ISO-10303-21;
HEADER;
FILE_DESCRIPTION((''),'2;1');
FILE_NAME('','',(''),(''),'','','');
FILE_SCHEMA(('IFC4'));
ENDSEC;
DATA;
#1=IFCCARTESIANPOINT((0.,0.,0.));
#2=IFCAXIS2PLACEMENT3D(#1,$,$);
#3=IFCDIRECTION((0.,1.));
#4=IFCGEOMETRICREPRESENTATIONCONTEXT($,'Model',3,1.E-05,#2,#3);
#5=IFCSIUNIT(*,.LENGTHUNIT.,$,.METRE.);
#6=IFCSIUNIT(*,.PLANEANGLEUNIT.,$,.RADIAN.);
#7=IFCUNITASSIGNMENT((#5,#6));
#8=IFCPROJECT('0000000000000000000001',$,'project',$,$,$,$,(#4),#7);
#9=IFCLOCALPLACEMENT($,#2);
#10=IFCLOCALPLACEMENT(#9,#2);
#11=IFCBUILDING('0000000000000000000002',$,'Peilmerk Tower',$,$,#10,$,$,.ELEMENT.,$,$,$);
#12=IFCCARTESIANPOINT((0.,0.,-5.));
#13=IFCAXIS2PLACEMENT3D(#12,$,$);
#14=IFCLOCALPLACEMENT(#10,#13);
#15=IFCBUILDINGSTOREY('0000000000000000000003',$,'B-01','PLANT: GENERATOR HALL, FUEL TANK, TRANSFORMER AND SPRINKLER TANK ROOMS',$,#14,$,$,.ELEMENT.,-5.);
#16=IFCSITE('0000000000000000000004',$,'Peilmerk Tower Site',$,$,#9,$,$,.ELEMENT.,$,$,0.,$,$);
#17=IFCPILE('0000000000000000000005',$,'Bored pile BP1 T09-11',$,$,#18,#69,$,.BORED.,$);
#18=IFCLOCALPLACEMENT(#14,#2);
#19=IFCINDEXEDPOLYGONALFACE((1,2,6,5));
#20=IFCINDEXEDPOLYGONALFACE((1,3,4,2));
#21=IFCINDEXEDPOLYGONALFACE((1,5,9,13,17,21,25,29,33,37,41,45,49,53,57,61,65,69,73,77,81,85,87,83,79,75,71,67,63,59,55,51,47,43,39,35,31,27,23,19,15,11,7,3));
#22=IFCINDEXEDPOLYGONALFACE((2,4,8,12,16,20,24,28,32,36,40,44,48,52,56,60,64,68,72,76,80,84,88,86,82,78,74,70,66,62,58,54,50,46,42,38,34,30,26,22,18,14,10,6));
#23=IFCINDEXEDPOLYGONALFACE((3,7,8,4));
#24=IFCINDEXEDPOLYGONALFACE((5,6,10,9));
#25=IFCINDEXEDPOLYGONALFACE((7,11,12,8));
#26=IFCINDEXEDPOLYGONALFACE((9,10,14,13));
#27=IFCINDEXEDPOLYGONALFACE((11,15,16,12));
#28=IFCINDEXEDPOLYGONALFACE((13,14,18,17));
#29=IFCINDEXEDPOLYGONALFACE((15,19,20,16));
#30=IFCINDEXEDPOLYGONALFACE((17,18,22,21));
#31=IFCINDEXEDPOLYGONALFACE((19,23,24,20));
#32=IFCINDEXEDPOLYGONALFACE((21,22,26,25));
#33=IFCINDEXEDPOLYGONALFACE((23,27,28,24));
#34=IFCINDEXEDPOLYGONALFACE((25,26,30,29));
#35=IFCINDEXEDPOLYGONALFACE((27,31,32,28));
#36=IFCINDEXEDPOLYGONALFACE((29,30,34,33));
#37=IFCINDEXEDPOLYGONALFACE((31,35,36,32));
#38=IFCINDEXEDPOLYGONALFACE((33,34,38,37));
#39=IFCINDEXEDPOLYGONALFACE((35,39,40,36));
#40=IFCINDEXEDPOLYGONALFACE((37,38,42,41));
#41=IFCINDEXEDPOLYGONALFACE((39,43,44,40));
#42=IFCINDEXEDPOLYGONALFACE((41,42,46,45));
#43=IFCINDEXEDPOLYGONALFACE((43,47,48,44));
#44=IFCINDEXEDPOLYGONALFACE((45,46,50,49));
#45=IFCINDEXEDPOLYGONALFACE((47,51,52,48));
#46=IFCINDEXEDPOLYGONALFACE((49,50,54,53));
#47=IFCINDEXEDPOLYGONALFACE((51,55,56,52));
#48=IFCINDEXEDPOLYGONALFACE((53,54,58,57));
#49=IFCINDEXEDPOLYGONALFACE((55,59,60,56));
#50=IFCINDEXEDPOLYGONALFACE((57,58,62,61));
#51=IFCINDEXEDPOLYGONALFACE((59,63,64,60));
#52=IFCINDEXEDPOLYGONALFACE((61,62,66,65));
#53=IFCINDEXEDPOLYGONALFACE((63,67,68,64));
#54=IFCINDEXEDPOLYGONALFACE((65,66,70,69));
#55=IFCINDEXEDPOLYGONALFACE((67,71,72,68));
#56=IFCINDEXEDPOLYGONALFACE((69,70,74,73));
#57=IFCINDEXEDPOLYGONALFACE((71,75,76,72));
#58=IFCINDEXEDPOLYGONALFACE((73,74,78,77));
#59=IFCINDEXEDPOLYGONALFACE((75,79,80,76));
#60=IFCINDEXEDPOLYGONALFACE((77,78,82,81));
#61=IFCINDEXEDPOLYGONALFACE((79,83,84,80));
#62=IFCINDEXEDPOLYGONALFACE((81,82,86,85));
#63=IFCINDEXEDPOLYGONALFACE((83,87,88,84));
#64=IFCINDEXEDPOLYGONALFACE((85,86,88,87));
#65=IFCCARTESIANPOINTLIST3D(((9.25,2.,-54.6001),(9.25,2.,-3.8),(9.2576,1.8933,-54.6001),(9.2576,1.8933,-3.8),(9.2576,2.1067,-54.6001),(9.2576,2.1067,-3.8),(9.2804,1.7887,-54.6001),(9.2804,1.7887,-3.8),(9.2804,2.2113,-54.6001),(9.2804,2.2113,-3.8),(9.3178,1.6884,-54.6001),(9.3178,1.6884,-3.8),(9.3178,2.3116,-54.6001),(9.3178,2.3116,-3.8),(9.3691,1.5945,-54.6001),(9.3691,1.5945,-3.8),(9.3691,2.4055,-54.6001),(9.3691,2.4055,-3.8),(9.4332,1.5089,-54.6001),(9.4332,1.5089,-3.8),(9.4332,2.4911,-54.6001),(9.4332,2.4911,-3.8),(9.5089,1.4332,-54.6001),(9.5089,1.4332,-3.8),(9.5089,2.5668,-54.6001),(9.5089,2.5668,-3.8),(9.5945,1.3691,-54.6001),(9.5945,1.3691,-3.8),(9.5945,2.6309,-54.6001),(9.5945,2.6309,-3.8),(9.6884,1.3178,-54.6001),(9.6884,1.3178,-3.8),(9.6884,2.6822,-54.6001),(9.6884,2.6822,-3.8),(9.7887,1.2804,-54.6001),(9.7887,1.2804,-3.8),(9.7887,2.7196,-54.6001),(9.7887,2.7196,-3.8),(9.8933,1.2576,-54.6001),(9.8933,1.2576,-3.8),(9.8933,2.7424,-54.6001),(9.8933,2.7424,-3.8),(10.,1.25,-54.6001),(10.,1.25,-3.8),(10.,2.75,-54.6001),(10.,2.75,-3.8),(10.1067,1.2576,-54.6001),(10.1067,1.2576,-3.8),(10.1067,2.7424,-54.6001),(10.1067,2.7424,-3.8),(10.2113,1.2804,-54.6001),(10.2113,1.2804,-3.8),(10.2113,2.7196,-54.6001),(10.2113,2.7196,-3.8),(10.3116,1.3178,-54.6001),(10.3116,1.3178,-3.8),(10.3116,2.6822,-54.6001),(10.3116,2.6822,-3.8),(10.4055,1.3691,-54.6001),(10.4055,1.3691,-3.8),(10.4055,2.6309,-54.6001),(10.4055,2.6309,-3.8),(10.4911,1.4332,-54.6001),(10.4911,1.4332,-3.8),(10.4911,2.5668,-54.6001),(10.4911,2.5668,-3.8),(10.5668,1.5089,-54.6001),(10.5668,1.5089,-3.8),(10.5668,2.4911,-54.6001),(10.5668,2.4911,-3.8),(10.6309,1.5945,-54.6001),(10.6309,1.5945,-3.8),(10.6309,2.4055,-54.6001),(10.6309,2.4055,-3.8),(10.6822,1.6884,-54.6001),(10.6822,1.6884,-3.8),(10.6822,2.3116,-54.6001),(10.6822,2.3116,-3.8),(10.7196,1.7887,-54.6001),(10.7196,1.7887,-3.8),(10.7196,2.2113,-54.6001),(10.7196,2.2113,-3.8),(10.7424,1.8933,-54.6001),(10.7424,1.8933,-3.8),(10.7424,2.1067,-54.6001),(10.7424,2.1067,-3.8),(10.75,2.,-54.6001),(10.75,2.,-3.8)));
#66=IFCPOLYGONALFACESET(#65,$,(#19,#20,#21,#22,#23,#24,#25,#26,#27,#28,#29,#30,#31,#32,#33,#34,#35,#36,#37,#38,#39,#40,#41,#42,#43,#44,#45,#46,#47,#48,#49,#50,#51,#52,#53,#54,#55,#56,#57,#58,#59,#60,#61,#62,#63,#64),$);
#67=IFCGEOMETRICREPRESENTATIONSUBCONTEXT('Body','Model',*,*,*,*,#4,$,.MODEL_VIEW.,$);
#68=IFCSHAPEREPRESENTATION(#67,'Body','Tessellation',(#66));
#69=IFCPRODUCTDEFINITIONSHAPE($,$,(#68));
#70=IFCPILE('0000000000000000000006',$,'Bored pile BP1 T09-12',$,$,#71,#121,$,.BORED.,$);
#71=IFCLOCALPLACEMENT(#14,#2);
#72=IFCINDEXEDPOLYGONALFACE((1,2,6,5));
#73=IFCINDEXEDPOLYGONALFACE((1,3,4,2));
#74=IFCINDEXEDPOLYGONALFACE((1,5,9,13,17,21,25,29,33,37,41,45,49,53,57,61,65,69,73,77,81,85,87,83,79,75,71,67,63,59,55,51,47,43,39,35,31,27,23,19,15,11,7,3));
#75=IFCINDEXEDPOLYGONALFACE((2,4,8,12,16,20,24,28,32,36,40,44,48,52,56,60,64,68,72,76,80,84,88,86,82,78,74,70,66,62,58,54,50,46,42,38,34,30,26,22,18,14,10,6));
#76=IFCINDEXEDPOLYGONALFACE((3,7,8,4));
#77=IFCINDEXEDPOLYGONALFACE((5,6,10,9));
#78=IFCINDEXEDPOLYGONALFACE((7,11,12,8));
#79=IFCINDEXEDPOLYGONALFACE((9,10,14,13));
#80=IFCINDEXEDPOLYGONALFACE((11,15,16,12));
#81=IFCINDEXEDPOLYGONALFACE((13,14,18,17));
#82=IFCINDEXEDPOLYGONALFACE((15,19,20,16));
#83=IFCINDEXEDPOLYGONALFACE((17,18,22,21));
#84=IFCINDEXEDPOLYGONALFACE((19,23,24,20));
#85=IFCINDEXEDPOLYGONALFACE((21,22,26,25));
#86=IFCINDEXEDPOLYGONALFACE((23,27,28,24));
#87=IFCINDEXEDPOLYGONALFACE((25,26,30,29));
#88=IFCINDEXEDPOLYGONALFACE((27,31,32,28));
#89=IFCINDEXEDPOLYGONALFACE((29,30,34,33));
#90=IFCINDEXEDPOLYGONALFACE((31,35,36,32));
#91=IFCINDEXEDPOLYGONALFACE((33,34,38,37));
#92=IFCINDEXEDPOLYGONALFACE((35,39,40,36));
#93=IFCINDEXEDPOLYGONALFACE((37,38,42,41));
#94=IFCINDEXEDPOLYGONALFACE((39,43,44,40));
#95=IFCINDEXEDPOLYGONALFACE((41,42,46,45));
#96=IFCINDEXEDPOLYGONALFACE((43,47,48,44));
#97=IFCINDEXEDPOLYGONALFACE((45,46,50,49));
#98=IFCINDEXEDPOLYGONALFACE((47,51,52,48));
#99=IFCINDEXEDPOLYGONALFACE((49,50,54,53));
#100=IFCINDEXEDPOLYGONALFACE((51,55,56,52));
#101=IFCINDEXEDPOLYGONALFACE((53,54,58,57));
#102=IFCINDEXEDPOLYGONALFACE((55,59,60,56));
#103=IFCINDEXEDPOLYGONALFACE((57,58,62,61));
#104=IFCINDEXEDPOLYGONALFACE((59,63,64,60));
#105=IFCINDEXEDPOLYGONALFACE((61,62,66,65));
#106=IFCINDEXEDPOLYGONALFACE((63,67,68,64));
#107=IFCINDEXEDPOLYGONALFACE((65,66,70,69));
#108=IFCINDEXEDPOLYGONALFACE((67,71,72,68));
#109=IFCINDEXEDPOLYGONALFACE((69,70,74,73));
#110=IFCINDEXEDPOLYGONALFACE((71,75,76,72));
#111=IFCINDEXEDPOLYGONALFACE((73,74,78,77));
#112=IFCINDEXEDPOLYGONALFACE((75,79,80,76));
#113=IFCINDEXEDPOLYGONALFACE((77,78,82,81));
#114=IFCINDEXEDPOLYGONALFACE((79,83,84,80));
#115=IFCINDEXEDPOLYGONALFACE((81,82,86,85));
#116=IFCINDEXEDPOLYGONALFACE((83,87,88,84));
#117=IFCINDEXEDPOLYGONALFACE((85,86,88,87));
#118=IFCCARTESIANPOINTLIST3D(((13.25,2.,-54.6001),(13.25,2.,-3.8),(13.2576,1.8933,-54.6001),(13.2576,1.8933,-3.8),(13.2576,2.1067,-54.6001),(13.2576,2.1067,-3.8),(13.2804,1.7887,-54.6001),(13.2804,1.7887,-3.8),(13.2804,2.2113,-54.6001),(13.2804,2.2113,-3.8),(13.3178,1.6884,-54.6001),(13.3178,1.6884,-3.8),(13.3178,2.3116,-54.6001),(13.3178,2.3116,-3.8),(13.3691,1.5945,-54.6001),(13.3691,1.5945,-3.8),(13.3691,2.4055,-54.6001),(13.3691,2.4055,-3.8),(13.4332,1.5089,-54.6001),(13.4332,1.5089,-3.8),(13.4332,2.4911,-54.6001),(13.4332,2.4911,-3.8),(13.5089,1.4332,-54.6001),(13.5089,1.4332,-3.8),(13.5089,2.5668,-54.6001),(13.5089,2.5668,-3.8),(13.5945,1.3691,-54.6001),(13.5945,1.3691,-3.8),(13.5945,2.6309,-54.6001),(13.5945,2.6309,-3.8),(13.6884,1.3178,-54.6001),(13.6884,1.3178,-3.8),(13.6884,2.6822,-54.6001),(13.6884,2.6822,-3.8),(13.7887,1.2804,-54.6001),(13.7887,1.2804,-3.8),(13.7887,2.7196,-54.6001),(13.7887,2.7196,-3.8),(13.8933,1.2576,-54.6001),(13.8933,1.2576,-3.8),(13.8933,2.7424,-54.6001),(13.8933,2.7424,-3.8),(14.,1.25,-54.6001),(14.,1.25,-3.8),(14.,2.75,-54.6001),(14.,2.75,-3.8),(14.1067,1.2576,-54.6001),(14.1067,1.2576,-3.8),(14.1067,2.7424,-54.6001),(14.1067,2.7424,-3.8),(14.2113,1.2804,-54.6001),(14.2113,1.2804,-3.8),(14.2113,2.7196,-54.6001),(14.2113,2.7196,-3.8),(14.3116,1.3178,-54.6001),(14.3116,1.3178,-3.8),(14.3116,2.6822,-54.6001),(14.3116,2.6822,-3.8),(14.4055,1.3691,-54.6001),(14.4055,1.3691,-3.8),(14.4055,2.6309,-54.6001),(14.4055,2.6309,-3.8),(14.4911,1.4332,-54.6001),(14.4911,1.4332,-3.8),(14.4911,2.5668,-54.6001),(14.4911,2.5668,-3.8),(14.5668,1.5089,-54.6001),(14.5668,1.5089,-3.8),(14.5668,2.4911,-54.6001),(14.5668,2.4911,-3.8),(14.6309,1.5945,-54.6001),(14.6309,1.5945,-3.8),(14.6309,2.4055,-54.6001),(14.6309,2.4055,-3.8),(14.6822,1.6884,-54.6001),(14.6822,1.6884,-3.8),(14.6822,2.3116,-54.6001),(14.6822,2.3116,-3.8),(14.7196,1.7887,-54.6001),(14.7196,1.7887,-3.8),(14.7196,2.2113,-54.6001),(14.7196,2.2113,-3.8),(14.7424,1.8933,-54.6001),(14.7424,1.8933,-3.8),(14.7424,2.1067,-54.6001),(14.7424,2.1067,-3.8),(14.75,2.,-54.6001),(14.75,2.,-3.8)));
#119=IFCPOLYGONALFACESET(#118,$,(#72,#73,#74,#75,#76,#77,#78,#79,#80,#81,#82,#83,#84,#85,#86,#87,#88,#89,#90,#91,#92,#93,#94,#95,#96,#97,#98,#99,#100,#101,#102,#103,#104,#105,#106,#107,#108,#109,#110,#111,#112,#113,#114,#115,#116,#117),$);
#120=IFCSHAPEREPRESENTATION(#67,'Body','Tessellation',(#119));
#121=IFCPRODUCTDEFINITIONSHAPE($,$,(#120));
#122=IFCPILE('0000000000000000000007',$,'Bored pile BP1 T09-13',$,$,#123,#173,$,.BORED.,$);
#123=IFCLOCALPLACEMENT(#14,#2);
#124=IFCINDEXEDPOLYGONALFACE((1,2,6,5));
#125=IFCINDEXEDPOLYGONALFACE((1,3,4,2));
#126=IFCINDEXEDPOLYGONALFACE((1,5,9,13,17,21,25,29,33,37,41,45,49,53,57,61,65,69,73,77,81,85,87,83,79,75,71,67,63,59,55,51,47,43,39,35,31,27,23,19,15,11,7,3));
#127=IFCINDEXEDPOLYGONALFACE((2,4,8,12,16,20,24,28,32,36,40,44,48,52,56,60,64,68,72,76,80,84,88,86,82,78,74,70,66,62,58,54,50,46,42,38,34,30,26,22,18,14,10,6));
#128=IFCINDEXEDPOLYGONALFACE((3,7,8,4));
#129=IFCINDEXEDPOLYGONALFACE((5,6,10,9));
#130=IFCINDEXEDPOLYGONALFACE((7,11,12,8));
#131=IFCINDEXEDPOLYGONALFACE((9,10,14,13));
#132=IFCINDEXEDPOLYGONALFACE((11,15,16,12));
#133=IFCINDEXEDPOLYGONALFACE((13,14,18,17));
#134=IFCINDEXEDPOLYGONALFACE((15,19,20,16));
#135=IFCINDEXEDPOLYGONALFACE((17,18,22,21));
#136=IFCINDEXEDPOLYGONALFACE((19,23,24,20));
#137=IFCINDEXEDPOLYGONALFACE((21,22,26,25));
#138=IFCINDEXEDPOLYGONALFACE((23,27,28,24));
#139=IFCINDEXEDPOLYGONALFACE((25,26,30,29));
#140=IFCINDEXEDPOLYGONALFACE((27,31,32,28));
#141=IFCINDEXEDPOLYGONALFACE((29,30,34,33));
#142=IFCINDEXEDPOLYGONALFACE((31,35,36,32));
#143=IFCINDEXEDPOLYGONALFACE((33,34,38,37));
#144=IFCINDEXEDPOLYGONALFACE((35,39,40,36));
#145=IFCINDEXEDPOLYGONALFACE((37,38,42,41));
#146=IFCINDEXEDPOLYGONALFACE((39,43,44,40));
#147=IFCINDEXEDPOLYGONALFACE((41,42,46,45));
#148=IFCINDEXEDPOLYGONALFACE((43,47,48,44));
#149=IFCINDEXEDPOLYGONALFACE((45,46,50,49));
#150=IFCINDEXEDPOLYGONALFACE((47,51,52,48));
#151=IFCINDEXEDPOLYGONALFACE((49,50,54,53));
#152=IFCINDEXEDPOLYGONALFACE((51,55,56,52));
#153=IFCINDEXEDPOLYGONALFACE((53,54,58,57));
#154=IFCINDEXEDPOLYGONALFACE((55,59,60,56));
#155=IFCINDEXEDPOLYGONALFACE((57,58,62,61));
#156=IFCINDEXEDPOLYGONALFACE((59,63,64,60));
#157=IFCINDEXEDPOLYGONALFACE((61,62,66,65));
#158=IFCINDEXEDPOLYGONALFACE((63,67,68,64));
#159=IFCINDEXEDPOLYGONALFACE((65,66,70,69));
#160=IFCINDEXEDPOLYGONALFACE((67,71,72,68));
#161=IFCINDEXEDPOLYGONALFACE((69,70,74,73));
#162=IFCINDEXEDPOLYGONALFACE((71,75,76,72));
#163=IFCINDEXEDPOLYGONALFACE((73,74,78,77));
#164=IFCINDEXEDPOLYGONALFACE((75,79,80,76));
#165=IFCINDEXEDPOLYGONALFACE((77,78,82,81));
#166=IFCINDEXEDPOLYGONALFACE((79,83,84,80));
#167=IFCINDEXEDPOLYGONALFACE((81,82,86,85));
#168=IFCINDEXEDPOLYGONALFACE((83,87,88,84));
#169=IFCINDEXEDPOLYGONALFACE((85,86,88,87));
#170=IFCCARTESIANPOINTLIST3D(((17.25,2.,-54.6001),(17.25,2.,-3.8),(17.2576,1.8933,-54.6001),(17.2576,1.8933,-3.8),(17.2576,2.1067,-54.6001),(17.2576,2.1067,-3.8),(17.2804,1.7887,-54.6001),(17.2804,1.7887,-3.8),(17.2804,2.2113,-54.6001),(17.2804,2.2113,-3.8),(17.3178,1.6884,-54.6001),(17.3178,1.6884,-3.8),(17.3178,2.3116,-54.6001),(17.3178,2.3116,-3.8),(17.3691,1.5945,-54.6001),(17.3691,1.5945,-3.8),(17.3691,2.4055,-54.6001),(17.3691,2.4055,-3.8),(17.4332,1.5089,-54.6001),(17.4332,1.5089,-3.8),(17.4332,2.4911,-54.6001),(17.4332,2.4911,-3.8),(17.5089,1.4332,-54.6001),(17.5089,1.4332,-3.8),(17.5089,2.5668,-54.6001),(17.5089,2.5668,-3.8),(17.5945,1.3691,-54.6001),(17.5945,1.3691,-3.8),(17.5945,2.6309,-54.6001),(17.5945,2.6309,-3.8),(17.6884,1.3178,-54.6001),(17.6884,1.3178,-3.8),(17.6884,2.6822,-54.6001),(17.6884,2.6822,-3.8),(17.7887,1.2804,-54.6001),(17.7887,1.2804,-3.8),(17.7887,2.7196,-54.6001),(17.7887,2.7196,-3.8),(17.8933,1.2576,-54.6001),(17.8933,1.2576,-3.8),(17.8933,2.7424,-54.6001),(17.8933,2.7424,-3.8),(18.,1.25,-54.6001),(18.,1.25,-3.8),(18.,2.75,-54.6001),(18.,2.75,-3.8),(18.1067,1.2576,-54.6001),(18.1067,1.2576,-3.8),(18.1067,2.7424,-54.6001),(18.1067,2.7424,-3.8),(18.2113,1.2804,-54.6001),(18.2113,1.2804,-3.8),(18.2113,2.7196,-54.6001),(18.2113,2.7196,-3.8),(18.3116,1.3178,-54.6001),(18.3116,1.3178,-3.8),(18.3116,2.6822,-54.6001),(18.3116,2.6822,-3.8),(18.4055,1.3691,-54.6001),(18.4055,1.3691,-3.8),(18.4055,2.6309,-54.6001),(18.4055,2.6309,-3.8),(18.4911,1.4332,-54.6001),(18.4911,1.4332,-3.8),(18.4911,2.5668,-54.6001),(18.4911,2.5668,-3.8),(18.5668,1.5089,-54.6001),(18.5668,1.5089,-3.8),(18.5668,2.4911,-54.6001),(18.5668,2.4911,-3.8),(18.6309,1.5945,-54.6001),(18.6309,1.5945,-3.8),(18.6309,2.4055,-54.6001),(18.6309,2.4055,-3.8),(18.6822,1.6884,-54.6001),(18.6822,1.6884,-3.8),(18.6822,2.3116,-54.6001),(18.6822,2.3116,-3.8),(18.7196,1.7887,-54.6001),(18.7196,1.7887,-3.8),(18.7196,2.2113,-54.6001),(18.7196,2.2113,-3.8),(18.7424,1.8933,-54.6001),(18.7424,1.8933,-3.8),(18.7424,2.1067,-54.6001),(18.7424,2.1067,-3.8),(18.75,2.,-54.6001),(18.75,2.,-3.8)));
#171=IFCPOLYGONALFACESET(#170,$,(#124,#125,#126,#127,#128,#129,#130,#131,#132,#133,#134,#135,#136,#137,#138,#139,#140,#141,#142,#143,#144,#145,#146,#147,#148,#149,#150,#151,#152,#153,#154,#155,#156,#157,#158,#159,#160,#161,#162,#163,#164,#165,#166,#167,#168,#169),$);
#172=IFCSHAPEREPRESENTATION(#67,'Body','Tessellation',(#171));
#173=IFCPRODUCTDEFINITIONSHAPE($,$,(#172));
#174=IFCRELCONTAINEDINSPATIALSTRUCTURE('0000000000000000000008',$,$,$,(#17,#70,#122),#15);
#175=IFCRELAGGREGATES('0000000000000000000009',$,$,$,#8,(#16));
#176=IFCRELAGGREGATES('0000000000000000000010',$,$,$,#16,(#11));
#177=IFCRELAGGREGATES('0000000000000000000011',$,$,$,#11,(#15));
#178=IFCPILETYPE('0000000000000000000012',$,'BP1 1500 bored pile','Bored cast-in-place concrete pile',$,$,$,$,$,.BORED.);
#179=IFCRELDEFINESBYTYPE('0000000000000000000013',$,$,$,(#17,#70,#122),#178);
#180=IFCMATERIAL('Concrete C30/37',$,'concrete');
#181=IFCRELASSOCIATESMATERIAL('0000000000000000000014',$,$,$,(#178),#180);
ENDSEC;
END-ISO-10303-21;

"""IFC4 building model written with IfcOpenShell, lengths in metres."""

from ifc_helpers import new_model, si_unit, direction, frame, origin, origin_2d, place, context, subcontext, project, spatial, circle, extrude, material, material_profile, profile_set, type_object, element, save


model = new_model("IFC4")

# Units and contexts
model_context = context("Model", 3, precision=1e-05, world=origin(), true_north=direction((0.0, 1.0)))
body_context = subcontext(model_context, "Body", "Model", "MODEL_VIEW")
ifc_project = project(units=[si_unit("LENGTHUNIT", "METRE"), si_unit("PLANEANGLEUNIT", "RADIAN")], contexts=[model_context])

# Site, building, storey
site_placement = place(None, origin())
site = spatial("IfcSite", under=ifc_project, at=site_placement, Name="Peilmerk Tower Site", CompositionType="ELEMENT", RefElevation=0.0)
building_placement = place(site_placement, origin())
building = spatial("IfcBuilding", under=site, at=building_placement, Name="Peilmerk Tower", CompositionType="ELEMENT")
storey_placement = place(building_placement, frame((0.0, 0.0, -5.0)))
storey = spatial("IfcBuildingStorey", under=building, at=storey_placement, Name="B-01", Description="PLANT: GENERATOR HALL, FUEL TANK, TRANSFORMER AND SPRINKLER TANK ROOMS", CompositionType="ELEMENT", Elevation=-5.0)

# Piles
ifc_material_1 = material(Name="Concrete C30/37", Category="concrete")
ifc_material_profile_1 = material_profile(ifc_material_1, circle(Radius=0.75, at=origin_2d()), Name="BP 1500")
ifc_profile_set_1 = profile_set([ifc_material_profile_1], Name="Concrete C30/37")
pile_type = type_object("IfcPileType", Name="BP1 1500 bored pile", Description="Bored cast-in-place concrete pile", PredefinedType="BORED", material=ifc_profile_set_1)
for number, where, z_axis, x_axis, name in (
    (1, (10.0, 2.0, -3.8), (0.0, 0.0, -1.0), (1.0, 0.0, 0.0), "Bored pile BP1 T09-11"),
    (2, (14.0, 2.0, -3.8), (0.0, 0.0, -1.0), (1.0, 0.0, 0.0), "Bored pile BP1 T09-12"),
    (3, (18.0, 2.0, -3.8), (0.0, 0.0, -1.0), (1.0, 0.0, 0.0), "Bored pile BP1 T09-13"),
):
    element("IfcPile", number, at=place(storey_placement, frame(where, z_axis=z_axis, x_axis=x_axis)), inside=storey, type_object=pile_type, Name=name, PredefinedType="BORED", context=body_context, shape_type="SweptSolid", body=[
        extrude(circle(Radius=0.75, at=origin_2d()), origin(), (0.0, 0.0, 1.0), 50.8),
    ])

save(model, "model.ifc")
